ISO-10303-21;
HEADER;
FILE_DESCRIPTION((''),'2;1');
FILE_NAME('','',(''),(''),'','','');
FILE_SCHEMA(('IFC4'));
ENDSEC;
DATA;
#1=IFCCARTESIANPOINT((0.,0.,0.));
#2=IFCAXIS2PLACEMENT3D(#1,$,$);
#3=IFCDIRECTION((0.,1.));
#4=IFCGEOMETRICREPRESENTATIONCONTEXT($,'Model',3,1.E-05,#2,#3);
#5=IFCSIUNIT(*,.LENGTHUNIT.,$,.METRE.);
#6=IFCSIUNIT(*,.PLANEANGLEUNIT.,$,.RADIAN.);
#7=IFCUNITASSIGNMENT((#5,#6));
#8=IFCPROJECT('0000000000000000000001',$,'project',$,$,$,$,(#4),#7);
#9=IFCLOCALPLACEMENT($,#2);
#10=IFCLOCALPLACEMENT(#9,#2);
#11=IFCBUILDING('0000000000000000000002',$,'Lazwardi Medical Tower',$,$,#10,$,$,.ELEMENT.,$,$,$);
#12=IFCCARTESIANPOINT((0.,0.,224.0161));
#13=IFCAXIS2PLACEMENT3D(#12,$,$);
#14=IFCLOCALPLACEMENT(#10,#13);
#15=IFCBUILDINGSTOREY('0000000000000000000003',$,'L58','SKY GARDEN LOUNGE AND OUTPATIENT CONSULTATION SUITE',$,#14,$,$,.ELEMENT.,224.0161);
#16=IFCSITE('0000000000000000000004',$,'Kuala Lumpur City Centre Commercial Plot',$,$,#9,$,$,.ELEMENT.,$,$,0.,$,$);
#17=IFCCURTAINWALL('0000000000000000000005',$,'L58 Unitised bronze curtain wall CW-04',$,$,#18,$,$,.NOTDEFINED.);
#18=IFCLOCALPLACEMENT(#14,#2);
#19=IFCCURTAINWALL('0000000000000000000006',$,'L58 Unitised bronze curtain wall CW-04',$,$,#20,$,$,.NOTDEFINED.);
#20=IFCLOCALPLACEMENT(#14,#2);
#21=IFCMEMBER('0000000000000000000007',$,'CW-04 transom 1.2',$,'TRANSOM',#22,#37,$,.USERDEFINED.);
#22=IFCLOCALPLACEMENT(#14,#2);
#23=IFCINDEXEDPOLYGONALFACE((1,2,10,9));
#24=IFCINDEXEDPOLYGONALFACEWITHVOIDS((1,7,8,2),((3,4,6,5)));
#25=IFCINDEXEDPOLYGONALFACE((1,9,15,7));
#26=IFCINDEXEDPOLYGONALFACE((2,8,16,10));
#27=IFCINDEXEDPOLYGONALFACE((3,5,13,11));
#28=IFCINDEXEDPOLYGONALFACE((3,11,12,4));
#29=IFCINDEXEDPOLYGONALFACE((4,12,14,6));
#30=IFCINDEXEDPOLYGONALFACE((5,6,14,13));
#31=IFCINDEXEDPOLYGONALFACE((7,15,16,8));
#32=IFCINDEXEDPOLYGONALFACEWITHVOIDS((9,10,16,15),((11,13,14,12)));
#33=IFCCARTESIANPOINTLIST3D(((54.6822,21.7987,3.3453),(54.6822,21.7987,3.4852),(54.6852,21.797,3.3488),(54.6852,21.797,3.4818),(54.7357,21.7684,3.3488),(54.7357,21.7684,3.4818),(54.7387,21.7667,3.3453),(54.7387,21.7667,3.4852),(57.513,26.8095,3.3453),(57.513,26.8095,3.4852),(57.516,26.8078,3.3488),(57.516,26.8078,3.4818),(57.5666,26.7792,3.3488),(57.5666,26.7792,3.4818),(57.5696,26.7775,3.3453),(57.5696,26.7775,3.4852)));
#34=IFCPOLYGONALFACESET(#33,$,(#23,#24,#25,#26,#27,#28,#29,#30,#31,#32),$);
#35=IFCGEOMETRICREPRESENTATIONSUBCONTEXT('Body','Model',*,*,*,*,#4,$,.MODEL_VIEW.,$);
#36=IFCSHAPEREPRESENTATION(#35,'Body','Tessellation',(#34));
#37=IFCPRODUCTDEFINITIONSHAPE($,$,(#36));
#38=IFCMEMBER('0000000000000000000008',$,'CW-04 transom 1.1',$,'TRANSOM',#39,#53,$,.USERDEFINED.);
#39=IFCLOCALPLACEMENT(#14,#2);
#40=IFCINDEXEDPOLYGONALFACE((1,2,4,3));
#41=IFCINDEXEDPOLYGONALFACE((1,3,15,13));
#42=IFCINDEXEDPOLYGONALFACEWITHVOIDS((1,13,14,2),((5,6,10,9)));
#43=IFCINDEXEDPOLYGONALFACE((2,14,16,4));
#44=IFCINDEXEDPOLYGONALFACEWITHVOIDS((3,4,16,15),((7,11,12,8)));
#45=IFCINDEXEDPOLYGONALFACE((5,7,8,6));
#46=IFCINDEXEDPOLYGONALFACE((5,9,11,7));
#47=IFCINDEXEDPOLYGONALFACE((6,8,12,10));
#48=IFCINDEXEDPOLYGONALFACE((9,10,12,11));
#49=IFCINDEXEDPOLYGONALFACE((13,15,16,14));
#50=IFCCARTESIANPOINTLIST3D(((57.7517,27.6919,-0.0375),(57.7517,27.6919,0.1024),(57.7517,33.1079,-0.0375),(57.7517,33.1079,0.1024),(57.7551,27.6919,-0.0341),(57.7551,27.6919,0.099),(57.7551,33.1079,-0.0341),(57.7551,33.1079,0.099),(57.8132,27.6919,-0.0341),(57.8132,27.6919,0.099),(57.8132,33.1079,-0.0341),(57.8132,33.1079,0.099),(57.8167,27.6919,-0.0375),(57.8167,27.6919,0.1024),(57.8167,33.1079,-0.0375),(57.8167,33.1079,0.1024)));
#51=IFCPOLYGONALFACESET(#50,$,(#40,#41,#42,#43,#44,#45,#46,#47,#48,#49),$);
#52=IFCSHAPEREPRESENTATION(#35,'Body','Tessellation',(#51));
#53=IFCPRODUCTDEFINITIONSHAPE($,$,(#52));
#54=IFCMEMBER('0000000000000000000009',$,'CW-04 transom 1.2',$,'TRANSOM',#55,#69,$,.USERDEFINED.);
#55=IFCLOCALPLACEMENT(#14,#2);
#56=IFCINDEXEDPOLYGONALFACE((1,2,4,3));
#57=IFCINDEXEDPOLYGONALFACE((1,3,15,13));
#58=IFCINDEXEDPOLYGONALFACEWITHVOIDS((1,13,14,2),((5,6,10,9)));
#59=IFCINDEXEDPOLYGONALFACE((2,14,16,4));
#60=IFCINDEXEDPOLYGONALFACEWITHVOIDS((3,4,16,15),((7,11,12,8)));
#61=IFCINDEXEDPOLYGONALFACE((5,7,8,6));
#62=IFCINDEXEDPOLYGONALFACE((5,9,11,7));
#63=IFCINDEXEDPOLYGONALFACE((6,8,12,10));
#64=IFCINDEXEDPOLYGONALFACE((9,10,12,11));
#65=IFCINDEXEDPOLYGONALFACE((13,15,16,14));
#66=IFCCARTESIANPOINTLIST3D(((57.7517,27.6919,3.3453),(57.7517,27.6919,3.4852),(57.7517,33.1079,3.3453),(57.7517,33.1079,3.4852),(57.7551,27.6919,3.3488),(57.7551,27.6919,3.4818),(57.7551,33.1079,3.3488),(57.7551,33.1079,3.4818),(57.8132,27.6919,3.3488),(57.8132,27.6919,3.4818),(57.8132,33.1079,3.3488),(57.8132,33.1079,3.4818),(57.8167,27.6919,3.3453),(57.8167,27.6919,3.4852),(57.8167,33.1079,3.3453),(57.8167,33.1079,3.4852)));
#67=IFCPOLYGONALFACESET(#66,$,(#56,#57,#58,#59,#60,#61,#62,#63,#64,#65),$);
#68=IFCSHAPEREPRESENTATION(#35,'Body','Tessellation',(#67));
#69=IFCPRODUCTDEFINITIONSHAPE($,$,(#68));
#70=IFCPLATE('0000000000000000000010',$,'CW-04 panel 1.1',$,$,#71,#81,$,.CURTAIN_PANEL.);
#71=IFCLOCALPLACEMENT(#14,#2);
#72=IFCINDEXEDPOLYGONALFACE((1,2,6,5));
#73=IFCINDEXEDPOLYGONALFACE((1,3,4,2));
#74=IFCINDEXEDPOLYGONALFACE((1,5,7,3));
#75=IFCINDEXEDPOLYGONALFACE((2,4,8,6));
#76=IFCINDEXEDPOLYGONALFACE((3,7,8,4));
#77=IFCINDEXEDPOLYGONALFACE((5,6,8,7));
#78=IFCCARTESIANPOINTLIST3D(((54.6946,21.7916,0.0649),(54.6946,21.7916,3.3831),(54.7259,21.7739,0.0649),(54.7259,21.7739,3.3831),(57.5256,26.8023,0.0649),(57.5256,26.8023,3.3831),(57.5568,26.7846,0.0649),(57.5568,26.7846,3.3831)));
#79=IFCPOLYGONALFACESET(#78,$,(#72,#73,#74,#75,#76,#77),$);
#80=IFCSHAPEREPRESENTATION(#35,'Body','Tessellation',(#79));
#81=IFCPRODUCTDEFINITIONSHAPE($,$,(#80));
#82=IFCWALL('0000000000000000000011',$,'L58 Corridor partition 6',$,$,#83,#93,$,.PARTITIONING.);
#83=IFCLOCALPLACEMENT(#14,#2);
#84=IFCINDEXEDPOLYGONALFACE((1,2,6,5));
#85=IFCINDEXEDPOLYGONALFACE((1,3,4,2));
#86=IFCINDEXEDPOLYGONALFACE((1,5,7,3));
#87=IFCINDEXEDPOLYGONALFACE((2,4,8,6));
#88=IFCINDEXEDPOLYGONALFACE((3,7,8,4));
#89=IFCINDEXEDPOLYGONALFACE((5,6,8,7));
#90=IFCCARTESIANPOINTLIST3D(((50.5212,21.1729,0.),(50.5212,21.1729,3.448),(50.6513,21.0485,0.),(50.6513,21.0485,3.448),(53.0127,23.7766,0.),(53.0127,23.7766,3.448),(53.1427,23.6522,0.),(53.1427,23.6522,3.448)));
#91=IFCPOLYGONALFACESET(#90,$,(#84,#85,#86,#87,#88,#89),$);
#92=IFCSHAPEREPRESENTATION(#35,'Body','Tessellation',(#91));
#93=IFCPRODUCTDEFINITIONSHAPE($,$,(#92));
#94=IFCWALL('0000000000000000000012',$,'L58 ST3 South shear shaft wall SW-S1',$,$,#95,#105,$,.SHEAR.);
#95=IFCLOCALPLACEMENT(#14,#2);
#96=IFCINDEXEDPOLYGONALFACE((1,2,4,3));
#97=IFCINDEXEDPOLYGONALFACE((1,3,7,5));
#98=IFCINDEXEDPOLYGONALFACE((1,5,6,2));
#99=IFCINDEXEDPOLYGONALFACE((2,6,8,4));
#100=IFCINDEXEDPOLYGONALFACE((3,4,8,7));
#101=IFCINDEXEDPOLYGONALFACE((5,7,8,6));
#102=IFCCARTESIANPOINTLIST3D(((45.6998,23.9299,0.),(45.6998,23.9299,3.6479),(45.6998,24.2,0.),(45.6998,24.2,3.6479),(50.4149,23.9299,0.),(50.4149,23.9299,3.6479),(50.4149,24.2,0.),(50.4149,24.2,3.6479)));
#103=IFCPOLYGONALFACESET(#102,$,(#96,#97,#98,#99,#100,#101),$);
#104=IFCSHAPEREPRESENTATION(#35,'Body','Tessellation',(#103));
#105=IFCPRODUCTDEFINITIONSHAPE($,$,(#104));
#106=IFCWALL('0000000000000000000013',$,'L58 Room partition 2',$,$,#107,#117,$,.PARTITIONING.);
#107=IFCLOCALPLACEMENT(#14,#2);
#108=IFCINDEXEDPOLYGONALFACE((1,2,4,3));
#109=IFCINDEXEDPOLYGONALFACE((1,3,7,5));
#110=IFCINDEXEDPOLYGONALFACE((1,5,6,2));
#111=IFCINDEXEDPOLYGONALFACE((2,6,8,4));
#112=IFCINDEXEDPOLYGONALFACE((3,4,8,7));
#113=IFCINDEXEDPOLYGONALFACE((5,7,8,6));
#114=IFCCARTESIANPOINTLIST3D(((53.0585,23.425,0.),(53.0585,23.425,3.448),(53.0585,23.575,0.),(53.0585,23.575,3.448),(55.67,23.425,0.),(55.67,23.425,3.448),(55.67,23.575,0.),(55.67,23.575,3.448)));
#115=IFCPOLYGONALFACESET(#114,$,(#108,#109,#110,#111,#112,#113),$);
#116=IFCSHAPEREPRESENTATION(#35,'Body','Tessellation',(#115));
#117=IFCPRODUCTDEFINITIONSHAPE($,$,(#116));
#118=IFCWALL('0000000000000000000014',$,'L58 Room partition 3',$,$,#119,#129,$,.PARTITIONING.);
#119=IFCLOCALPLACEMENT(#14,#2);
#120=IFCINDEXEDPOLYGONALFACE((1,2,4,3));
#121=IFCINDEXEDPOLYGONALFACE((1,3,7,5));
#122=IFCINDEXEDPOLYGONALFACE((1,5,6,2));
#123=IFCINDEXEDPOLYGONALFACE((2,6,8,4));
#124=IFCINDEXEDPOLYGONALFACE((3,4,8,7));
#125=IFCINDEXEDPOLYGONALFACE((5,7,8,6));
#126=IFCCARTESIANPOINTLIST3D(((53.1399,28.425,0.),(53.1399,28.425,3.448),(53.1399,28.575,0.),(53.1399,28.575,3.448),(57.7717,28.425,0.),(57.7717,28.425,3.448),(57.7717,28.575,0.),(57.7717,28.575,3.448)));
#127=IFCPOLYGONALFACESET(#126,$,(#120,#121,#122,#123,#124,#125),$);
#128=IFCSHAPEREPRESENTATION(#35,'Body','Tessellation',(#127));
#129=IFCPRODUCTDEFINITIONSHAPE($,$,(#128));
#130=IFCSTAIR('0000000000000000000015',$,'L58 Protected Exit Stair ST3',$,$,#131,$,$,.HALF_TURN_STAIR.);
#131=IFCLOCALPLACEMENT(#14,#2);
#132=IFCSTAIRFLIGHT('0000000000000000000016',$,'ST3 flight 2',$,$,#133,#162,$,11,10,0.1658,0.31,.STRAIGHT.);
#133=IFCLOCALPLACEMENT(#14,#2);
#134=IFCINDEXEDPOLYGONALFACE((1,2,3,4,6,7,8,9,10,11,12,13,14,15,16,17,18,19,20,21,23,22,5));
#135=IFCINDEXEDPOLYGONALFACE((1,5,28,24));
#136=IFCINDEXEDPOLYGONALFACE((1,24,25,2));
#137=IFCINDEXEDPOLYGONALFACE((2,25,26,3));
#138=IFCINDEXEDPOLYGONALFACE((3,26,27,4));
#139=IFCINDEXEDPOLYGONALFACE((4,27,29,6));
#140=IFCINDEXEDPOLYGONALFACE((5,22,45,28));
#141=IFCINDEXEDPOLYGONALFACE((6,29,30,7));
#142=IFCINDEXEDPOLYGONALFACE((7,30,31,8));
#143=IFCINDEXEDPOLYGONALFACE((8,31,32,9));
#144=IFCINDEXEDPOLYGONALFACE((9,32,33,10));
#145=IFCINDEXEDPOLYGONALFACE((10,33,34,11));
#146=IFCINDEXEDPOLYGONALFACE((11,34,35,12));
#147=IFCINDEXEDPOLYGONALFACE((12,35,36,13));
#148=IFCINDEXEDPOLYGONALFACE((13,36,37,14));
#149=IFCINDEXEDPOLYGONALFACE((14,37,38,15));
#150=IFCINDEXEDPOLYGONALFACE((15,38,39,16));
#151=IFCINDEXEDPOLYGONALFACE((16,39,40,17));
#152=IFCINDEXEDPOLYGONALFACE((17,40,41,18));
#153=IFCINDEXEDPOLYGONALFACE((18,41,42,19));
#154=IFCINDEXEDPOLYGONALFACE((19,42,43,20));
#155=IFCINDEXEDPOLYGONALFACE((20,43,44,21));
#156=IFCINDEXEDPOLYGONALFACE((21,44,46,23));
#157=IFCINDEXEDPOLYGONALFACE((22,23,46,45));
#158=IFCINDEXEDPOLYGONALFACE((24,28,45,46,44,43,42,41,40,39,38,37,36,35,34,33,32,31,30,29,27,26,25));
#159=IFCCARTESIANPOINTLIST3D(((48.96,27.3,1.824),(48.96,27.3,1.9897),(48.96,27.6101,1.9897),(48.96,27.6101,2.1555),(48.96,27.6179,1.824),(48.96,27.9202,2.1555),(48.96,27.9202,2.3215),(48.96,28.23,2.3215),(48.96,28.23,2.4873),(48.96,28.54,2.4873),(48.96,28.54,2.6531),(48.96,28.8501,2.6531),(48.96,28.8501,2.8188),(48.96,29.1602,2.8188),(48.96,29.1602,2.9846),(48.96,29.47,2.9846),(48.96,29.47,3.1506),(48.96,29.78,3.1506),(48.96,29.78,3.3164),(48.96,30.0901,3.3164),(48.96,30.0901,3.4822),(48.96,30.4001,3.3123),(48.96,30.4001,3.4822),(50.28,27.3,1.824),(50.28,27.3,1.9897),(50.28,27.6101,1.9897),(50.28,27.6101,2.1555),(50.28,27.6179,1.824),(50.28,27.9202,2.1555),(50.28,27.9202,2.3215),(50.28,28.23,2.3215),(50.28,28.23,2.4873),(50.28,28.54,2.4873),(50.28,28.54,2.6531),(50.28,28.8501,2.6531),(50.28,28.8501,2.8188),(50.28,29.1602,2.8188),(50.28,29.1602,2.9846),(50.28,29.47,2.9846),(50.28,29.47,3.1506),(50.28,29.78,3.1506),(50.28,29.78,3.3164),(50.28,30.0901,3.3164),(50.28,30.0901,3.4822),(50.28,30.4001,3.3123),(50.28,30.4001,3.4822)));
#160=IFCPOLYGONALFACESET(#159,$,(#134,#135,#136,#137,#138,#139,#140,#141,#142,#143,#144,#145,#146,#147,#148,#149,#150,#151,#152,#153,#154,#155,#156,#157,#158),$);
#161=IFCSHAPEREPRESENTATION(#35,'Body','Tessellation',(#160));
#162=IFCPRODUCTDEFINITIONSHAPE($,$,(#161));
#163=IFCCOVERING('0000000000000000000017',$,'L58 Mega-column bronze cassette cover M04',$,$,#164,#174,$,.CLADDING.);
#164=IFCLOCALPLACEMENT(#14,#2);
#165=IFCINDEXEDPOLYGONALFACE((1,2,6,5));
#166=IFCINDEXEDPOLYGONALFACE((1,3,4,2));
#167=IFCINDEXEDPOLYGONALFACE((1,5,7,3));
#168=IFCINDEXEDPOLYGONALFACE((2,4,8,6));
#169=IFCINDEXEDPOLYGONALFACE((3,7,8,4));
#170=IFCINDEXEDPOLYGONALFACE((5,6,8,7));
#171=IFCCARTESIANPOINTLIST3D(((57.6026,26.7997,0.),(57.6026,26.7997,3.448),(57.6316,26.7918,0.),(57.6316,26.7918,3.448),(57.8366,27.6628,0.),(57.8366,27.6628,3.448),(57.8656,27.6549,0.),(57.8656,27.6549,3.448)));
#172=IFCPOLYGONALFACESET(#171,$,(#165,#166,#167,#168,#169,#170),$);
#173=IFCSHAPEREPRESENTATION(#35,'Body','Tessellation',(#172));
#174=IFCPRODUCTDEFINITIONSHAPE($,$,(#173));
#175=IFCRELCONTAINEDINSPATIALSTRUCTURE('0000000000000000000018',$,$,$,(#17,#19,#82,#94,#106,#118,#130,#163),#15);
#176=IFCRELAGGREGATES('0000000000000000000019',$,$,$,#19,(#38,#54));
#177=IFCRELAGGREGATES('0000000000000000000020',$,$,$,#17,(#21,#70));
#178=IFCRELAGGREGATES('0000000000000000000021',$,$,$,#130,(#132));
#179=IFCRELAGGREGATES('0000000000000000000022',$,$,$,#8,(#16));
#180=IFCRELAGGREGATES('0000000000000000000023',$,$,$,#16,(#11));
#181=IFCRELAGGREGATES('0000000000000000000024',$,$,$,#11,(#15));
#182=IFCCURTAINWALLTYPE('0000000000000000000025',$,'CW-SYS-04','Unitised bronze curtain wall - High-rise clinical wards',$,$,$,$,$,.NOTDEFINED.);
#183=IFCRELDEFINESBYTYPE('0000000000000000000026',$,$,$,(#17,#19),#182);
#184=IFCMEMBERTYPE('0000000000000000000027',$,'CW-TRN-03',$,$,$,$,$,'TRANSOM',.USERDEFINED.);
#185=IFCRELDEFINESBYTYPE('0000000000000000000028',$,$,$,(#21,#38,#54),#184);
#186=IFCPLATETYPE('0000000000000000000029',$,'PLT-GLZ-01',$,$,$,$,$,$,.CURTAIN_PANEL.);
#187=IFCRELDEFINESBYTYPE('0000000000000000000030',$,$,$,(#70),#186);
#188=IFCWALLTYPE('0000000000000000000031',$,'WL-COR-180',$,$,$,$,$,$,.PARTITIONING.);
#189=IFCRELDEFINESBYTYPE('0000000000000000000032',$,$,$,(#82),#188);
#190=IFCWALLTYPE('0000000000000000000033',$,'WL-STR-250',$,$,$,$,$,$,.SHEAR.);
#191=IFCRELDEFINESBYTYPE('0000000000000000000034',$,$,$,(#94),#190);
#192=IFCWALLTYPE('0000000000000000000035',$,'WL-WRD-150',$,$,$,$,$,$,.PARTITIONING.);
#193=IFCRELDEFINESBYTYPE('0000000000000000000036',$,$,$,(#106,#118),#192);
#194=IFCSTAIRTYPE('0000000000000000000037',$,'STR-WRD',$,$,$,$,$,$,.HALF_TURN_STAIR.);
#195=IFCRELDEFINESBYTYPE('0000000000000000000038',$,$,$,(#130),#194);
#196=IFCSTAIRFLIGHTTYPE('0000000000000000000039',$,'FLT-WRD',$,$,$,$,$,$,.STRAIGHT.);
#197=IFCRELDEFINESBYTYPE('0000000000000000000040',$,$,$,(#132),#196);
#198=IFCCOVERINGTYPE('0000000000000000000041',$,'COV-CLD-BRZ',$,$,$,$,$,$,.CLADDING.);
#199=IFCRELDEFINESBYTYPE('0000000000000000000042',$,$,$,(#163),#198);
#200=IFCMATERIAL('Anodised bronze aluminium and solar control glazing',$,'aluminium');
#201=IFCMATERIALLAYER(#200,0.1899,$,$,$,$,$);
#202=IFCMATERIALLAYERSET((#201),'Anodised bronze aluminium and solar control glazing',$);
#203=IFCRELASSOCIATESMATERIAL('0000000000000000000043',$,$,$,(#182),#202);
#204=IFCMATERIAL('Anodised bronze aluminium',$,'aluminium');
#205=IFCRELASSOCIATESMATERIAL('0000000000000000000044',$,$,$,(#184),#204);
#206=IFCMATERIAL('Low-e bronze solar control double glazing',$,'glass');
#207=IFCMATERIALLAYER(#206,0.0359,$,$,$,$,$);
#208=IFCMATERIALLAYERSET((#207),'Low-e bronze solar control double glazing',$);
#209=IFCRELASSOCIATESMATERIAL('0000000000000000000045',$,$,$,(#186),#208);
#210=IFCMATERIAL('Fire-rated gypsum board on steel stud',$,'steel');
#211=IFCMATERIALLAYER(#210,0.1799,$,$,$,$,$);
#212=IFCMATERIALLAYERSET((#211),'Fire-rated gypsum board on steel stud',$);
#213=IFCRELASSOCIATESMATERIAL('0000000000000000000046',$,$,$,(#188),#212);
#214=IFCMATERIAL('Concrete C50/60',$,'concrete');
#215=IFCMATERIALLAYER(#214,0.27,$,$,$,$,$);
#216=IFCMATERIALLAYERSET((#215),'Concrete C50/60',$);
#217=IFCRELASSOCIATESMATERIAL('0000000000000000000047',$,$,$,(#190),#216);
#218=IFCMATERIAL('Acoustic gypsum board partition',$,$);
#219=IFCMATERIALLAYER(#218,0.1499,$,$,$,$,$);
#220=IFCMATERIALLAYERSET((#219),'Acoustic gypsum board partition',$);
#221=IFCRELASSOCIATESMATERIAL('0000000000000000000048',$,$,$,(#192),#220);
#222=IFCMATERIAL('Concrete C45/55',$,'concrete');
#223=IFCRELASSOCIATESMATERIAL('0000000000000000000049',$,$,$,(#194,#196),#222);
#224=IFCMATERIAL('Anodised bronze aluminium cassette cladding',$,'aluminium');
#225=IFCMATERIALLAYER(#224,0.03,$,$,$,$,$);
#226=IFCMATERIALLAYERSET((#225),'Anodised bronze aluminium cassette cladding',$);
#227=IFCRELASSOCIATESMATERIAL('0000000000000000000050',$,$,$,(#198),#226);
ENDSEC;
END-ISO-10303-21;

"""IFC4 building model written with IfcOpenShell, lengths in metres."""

from ifc_helpers import new_model, si_unit, direction, frame, frame_2d, origin, origin_2d, place, context, subcontext, project, spatial, polyline, rectangle, hollow_rectangle, outline, extrude, material, layer, layer_set, material_profile, profile_set, type_object, element, aggregate, save


model = new_model("IFC4")

# Units and contexts
model_context = context("Model", 3, precision=1e-05, world=origin(), true_north=direction((0.0, 1.0)))
body_context = subcontext(model_context, "Body", "Model", "MODEL_VIEW")
ifc_project = project(units=[si_unit("LENGTHUNIT", "METRE"), si_unit("PLANEANGLEUNIT", "RADIAN")], contexts=[model_context])

# Site, building, storey
site_placement = place(None, origin())
site = spatial("IfcSite", under=ifc_project, at=site_placement, Name="Kuala Lumpur City Centre Commercial Plot", CompositionType="ELEMENT", RefElevation=0.0)
building_placement = place(site_placement, origin())
building = spatial("IfcBuilding", under=site, at=building_placement, Name="Lazwardi Medical Tower", CompositionType="ELEMENT")
storey_placement = place(building_placement, frame((0.0, 0.0, 224.0161)))
storey = spatial("IfcBuildingStorey", under=building, at=storey_placement, Name="L58", Description="SKY GARDEN LOUNGE AND OUTPATIENT CONSULTATION SUITE", CompositionType="ELEMENT", Elevation=224.0161)

# Curtain walls
ifc_material_1 = material(Name="Anodised bronze aluminium and solar control glazing", Category="aluminium")
ifc_layer_1 = layer(ifc_material_1, 0.1899)
ifc_layer_set_1 = layer_set([ifc_layer_1], Name="Anodised bronze aluminium and solar control glazing")
curtain_wall_type = type_object("IfcCurtainWallType", Name="CW-SYS-04", Description="Unitised bronze curtain wall - High-rise clinical wards", PredefinedType="NOTDEFINED", material=ifc_layer_set_1)
curtain_wall_1_placement = place(storey_placement, origin())
curtain_wall_1 = element("IfcCurtainWall", 1, at=curtain_wall_1_placement, inside=storey, type_object=curtain_wall_type, Name="L58 Unitised bronze curtain wall CW-04", PredefinedType="NOTDEFINED")
ifc_material_2 = material(Name="Anodised bronze aluminium", Category="aluminium")
curtain_wall_2_placement = place(storey_placement, origin())
curtain_wall_2 = element("IfcCurtainWall", 2, at=curtain_wall_2_placement, inside=storey, type_object=curtain_wall_type, Name="L58 Unitised bronze curtain wall CW-04", PredefinedType="NOTDEFINED")

# Members
ifc_material_profile_1 = material_profile(ifc_material_2, hollow_rectangle(XDim=0.0649, YDim=0.1399, WallThickness=0.0034, at=origin_2d()), Name="ALU-TRANSOM 140x65x3.5")
ifc_profile_set_1 = profile_set([ifc_material_profile_1], Name="Anodised bronze aluminium")
member_type_1 = type_object("IfcMemberType", Name="CW-TRN-03", ElementType="TRANSOM", PredefinedType="USERDEFINED", material=ifc_profile_set_1)
member_1_placement = place(storey_placement, frame((54.7104, 21.7827, 3.4153), z_axis=(0.49188, 0.870663, 0.0), x_axis=(-0.870663, 0.49188, 0.0)))
member_1 = element("IfcMember", 3, at=member_1_placement, type_object=member_type_1, Name="CW-04 transom 1.2", ObjectType="TRANSOM", PredefinedType="USERDEFINED", context=body_context, shape_type="SweptSolid", body=[
    extrude(hollow_rectangle(XDim=0.0649, YDim=0.1399, WallThickness=0.0034, at=origin_2d()), origin(), (0.0, 0.0, 1.0), 5.7551),
])
member_2_placement = place(storey_placement, frame((57.7842, 27.6919, 0.0325), z_axis=(0.0, 1.0, 0.0), x_axis=(-1.0, 0.0, 0.0)))
member_2 = element("IfcMember", 4, at=member_2_placement, type_object=member_type_1, Name="CW-04 transom 1.1", ObjectType="TRANSOM", PredefinedType="USERDEFINED", context=body_context, shape_type="SweptSolid", body=[
    extrude(hollow_rectangle(XDim=0.0649, YDim=0.1399, WallThickness=0.0034, at=origin_2d()), origin(), (0.0, 0.0, 1.0), 5.416),
])
member_3_placement = place(storey_placement, frame((57.7842, 27.6919, 3.4153), z_axis=(0.0, 1.0, 0.0), x_axis=(-1.0, 0.0, 0.0)))
member_3 = element("IfcMember", 5, at=member_3_placement, type_object=member_type_1, Name="CW-04 transom 1.2", ObjectType="TRANSOM", PredefinedType="USERDEFINED", context=body_context, shape_type="SweptSolid", body=[
    extrude(hollow_rectangle(XDim=0.0649, YDim=0.1399, WallThickness=0.0034, at=origin_2d()), origin(), (0.0, 0.0, 1.0), 5.416),
])
aggregate(curtain_wall_2, [member_2, member_3])

# Plate
ifc_material_3 = material(Name="Low-e bronze solar control double glazing", Category="glass")
ifc_layer_2 = layer(ifc_material_3, 0.0359)
ifc_layer_set_2 = layer_set([ifc_layer_2], Name="Low-e bronze solar control double glazing")
plate_type = type_object("IfcPlateType", Name="PLT-GLZ-01", PredefinedType="CURTAIN_PANEL", material=ifc_layer_set_2)
plate_placement = place(storey_placement, frame((56.1257, 24.2881, 0.0649), z_axis=(0.0, 0.0, 1.0), x_axis=(0.4919, 0.870651, 0.0)))
plate = element("IfcPlate", 6, at=plate_placement, type_object=plate_type, Name="CW-04 panel 1.1", PredefinedType="CURTAIN_PANEL", context=body_context, shape_type="SweptSolid", body=[
    extrude(rectangle(XDim=5.7551, YDim=0.0359, at=origin_2d()), origin(), (0.0, 0.0, 1.0), 3.3181),
])
aggregate(curtain_wall_1, [member_1, plate])

# Walls
ifc_material_4 = material(Name="Fire-rated gypsum board on steel stud", Category="steel")
ifc_layer_3 = layer(ifc_material_4, 0.1799)
ifc_layer_set_3 = layer_set([ifc_layer_3], Name="Fire-rated gypsum board on steel stud")
wall_type_1 = type_object("IfcWallType", Name="WL-COR-180", PredefinedType="PARTITIONING", material=ifc_layer_set_3)
wall_1_placement = place(storey_placement, frame((53.0776, 23.7144, 0.0), z_axis=(0.0, 0.0, 1.0), x_axis=(-0.691353, -0.722517, 0.0)))
element("IfcWall", 7, at=wall_1_placement, inside=storey, type_object=wall_type_1, Name="L58 Corridor partition 6", PredefinedType="PARTITIONING", context=body_context, shape_type="SweptSolid", body=[
    extrude(rectangle(XDim=3.6038, YDim=0.1799, at=frame_2d((1.8018, 0.0))), origin(), (0.0, 0.0, 1.0), 3.448),
])
ifc_material_5 = material(Name="Concrete C50/60", Category="concrete")
ifc_layer_4 = layer(ifc_material_5, 0.27)
ifc_layer_set_4 = layer_set([ifc_layer_4], Name="Concrete C50/60")
wall_type_2 = type_object("IfcWallType", Name="WL-STR-250", PredefinedType="SHEAR", material=ifc_layer_set_4)
wall_2_placement = place(storey_placement, frame((45.7, 24.0649, 0.0), z_axis=(0.0, 0.0, 1.0), x_axis=(1.0, 0.0, 0.0)))
element("IfcWall", 8, at=wall_2_placement, inside=storey, type_object=wall_type_2, Name="L58 ST3 South shear shaft wall SW-S1", PredefinedType="SHEAR", context=body_context, shape_type="SweptSolid", body=[
    extrude(rectangle(XDim=4.7151, YDim=0.27, at=frame_2d((2.3574, 0.0))), origin(), (0.0, 0.0, 1.0), 3.6479),
])
ifc_material_6 = material(Name="Acoustic gypsum board partition")
ifc_layer_5 = layer(ifc_material_6, 0.1499)
ifc_layer_set_5 = layer_set([ifc_layer_5], Name="Acoustic gypsum board partition")
wall_type_3 = type_object("IfcWallType", Name="WL-WRD-150", PredefinedType="PARTITIONING", material=ifc_layer_set_5)
wall_3_placement = place(storey_placement, frame((53.0586, 23.5, 0.0), z_axis=(0.0, 0.0, 1.0), x_axis=(1.0, 0.0, 0.0)))
element("IfcWall", 9, at=wall_3_placement, inside=storey, type_object=wall_type_3, Name="L58 Room partition 2", PredefinedType="PARTITIONING", context=body_context, shape_type="SweptSolid", body=[
    extrude(rectangle(XDim=2.6116, YDim=0.1499, at=frame_2d((1.3057, 0.0))), origin(), (0.0, 0.0, 1.0), 3.448),
])
wall_4_placement = place(storey_placement, frame((53.1399, 28.5, 0.0), z_axis=(0.0, 0.0, 1.0), x_axis=(1.0, 0.0, 0.0)))
element("IfcWall", 10, at=wall_4_placement, inside=storey, type_object=wall_type_3, Name="L58 Room partition 3", PredefinedType="PARTITIONING", context=body_context, shape_type="SweptSolid", body=[
    extrude(rectangle(XDim=4.6318, YDim=0.1499, at=frame_2d((2.3159, 0.0))), origin(), (0.0, 0.0, 1.0), 3.448),
])

# Stair, stair flight
ifc_material_7 = material(Name="Concrete C45/55", Category="concrete")
stair_type = type_object("IfcStairType", Name="STR-WRD", PredefinedType="HALF_TURN_STAIR", material=ifc_material_7)
stair_placement = place(storey_placement, origin())
stair = element("IfcStair", 11, at=stair_placement, inside=storey, type_object=stair_type, Name="L58 Protected Exit Stair ST3", PredefinedType="HALF_TURN_STAIR")
stair_flight_type = type_object("IfcStairFlightType", Name="FLT-WRD", PredefinedType="STRAIGHT", material=ifc_material_7)
stair_flight_placement = place(storey_placement, frame((49.6201, 27.3, 1.824), z_axis=(0.0, 0.0, 1.0), x_axis=(0.0, 1.0, 0.0)))
stair_flight = element("IfcStairFlight", 12, at=stair_flight_placement, type_object=stair_flight_type, Name="ST3 flight 2", NumberOfRisers=11, NumberOfTreads=10, PredefinedType="STRAIGHT", RiserHeight=0.1658, TreadLength=0.31, context=body_context, shape_type="SweptSolid", body=[
    extrude(outline(polyline([(0.0, 0.0), (0.0, 0.1658), (0.3101, 0.1658), (0.3101, 0.3315), (0.6201, 0.3315), (0.6201, 0.4976), (0.9299, 0.4976), (0.9299, 0.6633), (1.24, 0.6633), (1.24, 0.8291), (1.55, 0.8291), (1.55, 0.9949), (1.8601, 0.9949), (1.8601, 1.1606), (2.1699, 1.1606), (2.1699, 1.3267), (2.48, 1.3267), (2.48, 1.4924), (2.79, 1.4924), (2.79, 1.6582), (3.1001, 1.6582), (3.1001, 1.824), (3.1001, 1.4883), (0.3179, 0.0), (0.0, 0.0)])), frame((0.0, 0.6602, 0.0), z_axis=(0.0, -1.0, 0.0), x_axis=(1.0, 0.0, 0.0)), (0.0, 0.0, 1.0), 1.3201),
])
aggregate(stair, [stair_flight])

# Covering
ifc_material_8 = material(Name="Anodised bronze aluminium cassette cladding", Category="aluminium")
ifc_layer_6 = layer(ifc_material_8, 0.03)
ifc_layer_set_6 = layer_set([ifc_layer_6], Name="Anodised bronze aluminium cassette cladding")
covering_type = type_object("IfcCoveringType", Name="COV-CLD-BRZ", PredefinedType="CLADDING", material=ifc_layer_set_6)
covering_placement = place(storey_placement, frame((57.7341, 27.2273, 0.0), z_axis=(0.0, 0.0, 1.0), x_axis=(0.261642, 0.965165, 0.0)))
element("IfcCovering", 13, at=covering_placement, inside=storey, type_object=covering_type, Name="L58 Mega-column bronze cassette cover M04", PredefinedType="CLADDING", context=body_context, shape_type="SweptSolid", body=[
    extrude(rectangle(XDim=0.8943, YDim=0.03, at=origin_2d()), origin(), (0.0, 0.0, 1.0), 3.448),
])

save(model, "model.ifc")
